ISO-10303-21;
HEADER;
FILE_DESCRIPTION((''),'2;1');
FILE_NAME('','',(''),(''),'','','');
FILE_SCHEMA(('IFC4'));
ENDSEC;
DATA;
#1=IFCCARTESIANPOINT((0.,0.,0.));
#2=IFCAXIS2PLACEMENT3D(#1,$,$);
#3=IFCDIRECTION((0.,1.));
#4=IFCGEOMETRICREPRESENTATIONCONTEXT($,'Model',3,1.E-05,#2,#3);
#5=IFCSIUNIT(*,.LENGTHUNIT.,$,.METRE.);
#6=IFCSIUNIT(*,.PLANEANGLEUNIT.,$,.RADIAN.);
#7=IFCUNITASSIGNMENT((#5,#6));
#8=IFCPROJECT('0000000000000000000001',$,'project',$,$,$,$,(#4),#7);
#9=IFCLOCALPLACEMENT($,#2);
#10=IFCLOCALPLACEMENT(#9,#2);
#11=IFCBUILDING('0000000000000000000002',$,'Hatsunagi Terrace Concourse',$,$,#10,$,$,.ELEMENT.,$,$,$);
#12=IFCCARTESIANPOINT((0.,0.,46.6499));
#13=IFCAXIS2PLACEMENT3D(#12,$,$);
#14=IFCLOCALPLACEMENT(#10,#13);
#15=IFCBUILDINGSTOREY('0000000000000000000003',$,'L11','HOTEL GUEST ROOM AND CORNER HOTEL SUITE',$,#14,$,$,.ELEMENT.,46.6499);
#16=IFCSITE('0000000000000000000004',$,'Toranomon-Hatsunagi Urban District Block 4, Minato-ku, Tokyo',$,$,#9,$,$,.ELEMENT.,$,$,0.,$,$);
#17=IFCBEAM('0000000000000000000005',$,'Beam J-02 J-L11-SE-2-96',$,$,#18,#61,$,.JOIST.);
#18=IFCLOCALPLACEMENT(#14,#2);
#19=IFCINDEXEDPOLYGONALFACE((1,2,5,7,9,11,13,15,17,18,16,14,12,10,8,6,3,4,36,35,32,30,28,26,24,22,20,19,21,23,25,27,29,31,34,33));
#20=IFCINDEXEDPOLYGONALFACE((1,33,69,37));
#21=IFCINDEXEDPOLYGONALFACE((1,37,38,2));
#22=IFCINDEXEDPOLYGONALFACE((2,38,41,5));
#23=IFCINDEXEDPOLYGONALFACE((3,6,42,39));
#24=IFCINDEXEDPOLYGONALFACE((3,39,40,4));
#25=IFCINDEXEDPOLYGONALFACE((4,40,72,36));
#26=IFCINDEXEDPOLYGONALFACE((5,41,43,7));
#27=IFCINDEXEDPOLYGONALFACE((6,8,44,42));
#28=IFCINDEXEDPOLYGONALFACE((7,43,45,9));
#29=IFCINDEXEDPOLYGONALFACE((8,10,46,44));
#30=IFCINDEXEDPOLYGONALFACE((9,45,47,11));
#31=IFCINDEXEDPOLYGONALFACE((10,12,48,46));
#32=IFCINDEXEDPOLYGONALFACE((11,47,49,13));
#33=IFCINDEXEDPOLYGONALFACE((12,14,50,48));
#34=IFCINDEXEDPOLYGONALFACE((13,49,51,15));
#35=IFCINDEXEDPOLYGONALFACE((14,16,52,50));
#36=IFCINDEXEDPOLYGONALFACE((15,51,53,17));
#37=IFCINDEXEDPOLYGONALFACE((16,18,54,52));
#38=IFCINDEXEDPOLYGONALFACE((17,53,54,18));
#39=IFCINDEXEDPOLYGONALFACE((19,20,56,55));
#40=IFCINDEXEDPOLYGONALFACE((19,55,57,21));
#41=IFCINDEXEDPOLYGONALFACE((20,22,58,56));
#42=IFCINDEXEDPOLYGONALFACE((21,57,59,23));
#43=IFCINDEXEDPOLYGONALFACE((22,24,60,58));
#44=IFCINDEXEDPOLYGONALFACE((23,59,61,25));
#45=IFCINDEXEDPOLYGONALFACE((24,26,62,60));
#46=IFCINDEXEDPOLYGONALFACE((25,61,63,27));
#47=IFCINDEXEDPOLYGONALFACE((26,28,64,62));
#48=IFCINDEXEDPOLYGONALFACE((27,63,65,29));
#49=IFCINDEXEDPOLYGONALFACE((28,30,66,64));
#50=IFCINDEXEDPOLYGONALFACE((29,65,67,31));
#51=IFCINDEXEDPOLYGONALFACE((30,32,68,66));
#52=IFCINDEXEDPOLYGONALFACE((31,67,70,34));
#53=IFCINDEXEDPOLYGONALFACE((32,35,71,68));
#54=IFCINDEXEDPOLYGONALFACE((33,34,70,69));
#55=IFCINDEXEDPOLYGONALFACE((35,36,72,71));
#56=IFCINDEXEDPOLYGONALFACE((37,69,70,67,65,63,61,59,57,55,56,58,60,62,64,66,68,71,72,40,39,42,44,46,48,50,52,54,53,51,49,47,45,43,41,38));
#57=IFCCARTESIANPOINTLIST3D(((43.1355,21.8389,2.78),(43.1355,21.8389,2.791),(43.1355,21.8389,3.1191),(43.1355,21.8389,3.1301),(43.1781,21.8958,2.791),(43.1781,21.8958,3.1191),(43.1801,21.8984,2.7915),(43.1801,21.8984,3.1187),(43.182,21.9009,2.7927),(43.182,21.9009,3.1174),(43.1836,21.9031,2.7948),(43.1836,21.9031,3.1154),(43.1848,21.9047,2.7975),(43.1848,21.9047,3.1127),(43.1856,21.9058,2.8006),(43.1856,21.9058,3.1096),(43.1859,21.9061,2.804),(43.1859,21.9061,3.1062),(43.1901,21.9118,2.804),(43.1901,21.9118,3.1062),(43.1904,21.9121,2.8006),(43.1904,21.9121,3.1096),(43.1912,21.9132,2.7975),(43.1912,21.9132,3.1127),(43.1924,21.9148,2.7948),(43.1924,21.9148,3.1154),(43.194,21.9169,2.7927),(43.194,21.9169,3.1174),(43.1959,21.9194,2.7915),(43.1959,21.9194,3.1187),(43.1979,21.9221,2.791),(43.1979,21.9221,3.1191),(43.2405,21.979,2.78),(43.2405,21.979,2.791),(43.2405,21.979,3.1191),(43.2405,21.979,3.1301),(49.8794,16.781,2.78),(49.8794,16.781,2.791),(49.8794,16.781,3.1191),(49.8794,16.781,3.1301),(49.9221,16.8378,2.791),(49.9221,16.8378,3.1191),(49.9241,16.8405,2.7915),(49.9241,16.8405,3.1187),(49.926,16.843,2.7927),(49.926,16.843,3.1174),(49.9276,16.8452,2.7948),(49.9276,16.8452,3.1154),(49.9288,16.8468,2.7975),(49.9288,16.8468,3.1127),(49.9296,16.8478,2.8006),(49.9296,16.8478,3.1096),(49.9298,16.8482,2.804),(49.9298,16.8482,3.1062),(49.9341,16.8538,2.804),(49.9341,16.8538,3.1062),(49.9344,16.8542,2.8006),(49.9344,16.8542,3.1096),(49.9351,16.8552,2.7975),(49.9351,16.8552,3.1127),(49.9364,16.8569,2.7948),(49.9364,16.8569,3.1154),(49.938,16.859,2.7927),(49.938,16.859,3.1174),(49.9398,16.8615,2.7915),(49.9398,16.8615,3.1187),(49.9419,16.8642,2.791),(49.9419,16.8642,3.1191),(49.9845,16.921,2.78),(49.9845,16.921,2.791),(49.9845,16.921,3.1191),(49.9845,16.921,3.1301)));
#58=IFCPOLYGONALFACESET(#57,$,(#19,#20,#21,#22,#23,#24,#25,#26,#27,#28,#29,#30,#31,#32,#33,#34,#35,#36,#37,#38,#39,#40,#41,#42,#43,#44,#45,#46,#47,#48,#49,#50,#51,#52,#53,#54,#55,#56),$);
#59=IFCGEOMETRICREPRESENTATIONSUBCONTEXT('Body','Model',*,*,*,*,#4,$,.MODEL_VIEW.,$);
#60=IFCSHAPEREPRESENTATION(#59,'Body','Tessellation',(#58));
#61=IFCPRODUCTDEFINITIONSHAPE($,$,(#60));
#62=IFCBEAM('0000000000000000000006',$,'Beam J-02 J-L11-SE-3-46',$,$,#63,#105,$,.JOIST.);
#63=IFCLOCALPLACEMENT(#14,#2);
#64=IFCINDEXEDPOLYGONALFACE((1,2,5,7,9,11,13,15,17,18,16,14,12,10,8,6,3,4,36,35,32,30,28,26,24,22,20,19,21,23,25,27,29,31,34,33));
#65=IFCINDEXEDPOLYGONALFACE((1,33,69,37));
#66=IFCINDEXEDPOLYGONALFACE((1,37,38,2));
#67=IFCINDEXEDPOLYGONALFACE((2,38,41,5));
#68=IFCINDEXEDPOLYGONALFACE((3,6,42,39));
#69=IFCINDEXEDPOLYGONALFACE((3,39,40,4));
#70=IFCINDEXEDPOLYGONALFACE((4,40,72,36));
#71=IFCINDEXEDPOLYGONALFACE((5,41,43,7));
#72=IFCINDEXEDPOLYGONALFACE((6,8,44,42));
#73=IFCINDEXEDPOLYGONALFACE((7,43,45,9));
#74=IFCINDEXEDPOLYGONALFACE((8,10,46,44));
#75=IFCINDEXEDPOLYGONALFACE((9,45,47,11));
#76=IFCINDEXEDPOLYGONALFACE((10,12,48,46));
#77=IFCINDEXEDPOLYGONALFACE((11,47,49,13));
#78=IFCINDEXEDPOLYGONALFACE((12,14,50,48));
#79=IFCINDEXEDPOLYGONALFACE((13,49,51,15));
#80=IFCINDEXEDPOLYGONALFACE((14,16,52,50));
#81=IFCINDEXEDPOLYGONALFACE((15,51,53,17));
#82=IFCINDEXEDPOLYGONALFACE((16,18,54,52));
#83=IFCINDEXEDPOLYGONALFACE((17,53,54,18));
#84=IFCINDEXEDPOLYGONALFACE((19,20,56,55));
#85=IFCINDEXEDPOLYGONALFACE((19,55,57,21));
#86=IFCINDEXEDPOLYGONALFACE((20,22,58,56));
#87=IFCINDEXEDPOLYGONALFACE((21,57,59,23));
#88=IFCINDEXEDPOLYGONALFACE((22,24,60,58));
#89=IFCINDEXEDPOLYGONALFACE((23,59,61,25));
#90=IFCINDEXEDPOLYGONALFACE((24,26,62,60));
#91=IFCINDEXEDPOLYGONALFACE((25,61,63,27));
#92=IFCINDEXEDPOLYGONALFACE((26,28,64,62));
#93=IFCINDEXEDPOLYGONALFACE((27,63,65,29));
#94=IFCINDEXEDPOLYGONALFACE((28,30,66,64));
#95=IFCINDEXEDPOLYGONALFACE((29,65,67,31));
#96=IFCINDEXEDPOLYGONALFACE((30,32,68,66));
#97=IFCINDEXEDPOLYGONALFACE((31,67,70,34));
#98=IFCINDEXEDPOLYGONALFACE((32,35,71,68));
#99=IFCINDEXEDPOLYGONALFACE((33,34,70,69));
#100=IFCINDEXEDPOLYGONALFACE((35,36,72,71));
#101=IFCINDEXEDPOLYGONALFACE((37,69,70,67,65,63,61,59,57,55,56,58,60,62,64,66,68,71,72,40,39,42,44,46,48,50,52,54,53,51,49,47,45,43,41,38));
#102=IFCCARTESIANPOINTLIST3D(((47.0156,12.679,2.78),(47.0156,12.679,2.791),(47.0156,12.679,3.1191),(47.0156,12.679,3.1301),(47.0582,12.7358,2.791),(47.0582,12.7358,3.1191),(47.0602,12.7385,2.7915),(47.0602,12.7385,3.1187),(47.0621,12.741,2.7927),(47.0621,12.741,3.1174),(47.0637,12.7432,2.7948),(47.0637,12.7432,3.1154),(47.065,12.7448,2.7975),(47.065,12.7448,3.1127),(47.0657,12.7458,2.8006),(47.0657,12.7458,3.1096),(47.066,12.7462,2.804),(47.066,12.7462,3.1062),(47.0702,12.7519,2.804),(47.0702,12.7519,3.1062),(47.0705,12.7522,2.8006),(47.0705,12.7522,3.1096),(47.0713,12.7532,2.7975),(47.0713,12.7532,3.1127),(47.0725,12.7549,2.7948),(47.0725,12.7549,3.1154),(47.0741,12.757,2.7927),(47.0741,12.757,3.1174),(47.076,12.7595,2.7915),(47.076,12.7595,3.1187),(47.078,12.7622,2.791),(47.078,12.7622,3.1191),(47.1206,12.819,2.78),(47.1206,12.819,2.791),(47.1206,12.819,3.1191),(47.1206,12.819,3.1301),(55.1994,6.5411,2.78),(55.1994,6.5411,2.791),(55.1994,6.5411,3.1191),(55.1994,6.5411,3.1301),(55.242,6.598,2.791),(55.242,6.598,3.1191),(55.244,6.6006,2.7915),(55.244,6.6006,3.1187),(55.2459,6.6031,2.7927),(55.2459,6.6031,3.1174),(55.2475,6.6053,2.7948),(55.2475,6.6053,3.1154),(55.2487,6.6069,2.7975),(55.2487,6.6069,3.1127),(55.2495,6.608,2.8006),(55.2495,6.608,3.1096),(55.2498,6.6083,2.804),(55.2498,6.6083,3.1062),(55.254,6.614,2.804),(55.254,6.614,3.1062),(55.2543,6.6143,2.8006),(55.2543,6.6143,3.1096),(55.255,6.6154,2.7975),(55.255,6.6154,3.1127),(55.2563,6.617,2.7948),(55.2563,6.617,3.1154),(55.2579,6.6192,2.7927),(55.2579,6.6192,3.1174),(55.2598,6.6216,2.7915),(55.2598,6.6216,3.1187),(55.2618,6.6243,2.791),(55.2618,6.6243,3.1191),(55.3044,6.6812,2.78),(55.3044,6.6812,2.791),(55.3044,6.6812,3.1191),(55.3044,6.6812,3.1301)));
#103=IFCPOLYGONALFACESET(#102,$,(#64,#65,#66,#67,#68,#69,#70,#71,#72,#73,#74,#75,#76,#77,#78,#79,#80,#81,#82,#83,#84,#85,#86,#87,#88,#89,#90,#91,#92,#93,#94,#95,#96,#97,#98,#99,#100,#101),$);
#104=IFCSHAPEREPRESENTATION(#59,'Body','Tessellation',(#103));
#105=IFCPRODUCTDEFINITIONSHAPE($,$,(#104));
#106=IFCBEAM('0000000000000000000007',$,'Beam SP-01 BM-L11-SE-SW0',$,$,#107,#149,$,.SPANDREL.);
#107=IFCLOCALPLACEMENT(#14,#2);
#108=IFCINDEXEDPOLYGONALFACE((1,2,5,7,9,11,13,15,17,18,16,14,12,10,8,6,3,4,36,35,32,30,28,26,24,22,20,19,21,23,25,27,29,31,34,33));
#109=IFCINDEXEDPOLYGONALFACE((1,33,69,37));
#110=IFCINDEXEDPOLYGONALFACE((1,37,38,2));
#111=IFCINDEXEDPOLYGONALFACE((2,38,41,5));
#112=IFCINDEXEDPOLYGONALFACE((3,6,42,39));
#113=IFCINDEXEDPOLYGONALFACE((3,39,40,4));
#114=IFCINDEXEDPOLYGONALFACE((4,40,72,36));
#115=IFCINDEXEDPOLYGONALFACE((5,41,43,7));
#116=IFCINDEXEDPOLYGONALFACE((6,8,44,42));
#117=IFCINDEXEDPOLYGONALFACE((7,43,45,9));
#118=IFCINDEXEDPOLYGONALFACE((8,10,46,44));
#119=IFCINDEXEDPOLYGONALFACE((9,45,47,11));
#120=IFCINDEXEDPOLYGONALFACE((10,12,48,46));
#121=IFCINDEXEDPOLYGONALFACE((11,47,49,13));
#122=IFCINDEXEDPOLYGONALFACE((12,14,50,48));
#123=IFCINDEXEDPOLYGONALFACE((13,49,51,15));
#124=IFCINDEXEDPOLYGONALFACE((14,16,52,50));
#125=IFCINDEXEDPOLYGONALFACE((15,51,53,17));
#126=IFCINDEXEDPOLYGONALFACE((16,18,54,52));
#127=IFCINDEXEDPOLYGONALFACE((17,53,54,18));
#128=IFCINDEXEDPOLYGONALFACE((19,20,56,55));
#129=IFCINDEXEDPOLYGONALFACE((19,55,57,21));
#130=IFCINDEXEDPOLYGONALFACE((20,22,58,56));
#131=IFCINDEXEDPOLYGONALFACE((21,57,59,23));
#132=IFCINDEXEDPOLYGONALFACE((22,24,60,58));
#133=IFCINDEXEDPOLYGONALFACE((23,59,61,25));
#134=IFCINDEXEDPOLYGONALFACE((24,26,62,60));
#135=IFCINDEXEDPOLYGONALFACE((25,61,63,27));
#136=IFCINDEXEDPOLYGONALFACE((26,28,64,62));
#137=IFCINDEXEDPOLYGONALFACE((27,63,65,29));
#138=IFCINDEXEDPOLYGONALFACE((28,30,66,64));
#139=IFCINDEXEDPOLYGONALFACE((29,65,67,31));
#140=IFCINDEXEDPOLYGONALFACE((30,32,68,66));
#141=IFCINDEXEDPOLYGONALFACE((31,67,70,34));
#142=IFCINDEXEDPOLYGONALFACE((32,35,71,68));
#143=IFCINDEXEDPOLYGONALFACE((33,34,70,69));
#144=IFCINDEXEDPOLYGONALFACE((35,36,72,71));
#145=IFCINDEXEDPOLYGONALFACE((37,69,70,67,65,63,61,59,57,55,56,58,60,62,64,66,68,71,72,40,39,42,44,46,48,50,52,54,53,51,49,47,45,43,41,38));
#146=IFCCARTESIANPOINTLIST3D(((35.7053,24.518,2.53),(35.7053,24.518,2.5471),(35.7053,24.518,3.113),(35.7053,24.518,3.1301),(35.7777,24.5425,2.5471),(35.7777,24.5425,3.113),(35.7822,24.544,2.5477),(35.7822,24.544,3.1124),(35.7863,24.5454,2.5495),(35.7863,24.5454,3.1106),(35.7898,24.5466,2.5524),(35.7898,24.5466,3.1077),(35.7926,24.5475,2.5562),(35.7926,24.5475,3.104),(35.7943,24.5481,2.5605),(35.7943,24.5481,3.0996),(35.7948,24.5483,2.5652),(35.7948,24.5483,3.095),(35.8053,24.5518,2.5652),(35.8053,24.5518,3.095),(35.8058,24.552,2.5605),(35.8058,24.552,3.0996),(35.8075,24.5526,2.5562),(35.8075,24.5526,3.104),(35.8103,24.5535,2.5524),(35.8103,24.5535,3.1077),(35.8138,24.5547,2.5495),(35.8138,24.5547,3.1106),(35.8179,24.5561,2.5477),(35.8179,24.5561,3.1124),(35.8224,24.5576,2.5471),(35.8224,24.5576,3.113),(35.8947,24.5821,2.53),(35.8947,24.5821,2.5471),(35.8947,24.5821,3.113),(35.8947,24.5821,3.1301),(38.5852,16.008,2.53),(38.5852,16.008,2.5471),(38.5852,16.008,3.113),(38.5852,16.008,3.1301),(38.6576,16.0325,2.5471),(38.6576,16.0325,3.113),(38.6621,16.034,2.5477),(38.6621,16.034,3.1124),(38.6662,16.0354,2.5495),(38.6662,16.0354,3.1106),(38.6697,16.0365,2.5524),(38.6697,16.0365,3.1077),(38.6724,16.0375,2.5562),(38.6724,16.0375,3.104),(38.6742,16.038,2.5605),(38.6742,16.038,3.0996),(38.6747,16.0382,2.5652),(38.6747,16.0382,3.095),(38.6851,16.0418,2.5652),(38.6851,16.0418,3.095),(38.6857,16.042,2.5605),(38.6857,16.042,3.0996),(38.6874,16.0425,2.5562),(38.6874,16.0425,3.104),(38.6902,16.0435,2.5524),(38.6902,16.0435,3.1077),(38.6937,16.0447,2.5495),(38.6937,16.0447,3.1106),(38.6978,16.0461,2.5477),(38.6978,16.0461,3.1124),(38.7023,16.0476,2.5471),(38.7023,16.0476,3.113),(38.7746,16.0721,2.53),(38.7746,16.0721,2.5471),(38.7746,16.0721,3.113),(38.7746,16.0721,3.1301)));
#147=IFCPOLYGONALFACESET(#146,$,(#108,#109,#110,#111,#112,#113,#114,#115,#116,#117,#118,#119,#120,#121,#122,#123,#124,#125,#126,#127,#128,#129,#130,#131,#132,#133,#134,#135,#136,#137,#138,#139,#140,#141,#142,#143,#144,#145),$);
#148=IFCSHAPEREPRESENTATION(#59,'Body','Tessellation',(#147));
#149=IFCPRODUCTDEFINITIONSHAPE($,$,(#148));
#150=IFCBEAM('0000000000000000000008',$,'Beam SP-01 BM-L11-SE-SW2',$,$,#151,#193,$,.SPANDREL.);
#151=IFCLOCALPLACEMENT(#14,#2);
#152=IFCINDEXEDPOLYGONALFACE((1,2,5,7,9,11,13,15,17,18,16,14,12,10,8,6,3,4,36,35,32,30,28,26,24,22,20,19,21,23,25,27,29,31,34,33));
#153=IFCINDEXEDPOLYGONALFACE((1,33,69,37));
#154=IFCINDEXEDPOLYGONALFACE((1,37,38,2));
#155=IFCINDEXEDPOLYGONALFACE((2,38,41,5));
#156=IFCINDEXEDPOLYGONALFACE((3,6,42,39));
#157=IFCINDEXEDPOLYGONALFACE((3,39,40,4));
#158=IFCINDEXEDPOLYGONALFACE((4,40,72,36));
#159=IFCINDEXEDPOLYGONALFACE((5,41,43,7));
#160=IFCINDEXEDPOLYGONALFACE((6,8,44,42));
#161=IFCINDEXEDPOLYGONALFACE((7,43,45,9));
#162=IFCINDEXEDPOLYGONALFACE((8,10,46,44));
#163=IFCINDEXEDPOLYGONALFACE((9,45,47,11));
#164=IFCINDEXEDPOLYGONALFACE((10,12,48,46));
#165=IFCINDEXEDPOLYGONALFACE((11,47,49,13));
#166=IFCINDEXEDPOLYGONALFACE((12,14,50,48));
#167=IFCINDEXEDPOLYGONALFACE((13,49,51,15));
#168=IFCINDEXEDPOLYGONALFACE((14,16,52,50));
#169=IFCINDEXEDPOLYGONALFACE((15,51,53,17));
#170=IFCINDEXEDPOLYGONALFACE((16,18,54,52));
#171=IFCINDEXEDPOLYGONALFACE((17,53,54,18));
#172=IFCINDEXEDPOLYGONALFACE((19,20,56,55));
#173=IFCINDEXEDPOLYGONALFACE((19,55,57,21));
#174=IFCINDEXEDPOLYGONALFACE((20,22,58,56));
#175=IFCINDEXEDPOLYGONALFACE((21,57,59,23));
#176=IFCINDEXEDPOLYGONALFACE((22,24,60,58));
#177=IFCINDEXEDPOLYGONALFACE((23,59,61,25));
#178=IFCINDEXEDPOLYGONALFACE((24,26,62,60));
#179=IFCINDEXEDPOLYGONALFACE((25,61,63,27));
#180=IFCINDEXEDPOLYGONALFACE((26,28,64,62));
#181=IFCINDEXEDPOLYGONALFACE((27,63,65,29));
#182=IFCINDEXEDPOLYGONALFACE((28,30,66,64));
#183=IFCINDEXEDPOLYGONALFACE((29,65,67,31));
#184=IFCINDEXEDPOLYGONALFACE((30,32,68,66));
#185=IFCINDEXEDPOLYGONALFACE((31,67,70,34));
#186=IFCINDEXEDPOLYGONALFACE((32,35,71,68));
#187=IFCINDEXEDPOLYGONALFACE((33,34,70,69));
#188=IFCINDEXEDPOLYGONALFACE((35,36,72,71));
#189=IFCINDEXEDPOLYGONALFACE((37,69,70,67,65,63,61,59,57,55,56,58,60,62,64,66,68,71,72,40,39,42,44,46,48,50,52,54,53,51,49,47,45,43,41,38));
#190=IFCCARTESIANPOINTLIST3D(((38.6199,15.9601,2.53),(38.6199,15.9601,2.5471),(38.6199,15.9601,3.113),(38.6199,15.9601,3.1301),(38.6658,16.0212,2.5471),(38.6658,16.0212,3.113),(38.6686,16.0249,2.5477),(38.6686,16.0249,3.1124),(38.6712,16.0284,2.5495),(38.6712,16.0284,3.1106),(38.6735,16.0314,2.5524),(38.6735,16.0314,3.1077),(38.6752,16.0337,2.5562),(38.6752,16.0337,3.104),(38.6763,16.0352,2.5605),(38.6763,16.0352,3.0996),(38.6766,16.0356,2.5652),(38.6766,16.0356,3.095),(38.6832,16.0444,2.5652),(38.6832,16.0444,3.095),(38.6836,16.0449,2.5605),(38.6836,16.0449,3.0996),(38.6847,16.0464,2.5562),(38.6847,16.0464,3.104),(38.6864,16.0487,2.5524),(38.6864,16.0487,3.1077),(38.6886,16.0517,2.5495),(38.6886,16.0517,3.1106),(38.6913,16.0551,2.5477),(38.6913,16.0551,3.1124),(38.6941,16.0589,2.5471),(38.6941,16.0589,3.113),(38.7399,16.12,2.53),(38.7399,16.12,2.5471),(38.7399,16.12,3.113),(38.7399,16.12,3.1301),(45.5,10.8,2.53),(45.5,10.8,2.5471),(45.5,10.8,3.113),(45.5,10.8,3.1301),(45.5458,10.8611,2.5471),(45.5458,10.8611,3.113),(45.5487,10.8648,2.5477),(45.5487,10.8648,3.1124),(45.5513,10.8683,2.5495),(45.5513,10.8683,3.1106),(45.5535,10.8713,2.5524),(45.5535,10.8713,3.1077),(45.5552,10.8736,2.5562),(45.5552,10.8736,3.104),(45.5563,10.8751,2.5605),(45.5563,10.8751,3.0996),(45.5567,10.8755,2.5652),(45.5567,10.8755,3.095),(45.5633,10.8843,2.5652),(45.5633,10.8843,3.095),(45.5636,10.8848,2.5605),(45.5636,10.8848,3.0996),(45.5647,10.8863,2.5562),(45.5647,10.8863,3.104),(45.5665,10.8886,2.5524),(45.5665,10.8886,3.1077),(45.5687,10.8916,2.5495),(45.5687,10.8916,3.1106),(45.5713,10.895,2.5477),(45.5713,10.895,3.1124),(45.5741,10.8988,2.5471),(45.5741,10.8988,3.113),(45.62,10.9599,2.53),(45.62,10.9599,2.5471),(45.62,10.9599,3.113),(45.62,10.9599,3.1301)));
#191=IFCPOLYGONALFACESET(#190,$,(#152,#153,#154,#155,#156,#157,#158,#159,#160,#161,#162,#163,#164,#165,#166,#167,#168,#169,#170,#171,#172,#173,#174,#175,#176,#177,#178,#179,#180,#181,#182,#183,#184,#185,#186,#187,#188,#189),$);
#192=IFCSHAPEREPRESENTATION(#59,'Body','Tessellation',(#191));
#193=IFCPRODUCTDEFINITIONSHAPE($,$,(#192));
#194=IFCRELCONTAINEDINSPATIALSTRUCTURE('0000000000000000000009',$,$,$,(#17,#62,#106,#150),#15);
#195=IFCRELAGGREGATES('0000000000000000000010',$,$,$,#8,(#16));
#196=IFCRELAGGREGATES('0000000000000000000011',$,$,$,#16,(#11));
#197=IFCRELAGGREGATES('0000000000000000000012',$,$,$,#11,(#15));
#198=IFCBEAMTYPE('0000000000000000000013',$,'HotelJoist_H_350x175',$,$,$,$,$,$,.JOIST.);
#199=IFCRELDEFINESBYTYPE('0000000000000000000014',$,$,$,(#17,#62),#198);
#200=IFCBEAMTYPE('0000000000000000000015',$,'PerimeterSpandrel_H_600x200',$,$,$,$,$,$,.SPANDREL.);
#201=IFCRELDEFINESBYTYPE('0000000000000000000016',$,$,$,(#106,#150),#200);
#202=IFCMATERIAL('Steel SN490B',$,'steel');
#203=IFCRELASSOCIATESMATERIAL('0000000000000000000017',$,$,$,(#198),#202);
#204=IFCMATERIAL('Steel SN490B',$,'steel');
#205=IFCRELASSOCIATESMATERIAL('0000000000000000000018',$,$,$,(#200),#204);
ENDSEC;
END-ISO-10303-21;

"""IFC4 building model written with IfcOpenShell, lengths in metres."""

from ifc_helpers import new_model, si_unit, direction, frame, origin, origin_2d, place, context, subcontext, project, spatial, i_section, extrude, material, material_profile, profile_set, type_object, element, save


model = new_model("IFC4")

# Units and contexts
model_context = context("Model", 3, precision=1e-05, world=origin(), true_north=direction((0.0, 1.0)))
body_context = subcontext(model_context, "Body", "Model", "MODEL_VIEW")
ifc_project = project(units=[si_unit("LENGTHUNIT", "METRE"), si_unit("PLANEANGLEUNIT", "RADIAN")], contexts=[model_context])

# Site, building, storey
site_placement = place(None, origin())
site = spatial("IfcSite", under=ifc_project, at=site_placement, Name="Toranomon-Hatsunagi Urban District Block 4, Minato-ku, Tokyo", CompositionType="ELEMENT", RefElevation=0.0)
building_placement = place(site_placement, origin())
building = spatial("IfcBuilding", under=site, at=building_placement, Name="Hatsunagi Terrace Concourse", CompositionType="ELEMENT")
storey_placement = place(building_placement, frame((0.0, 0.0, 46.6499)))
storey = spatial("IfcBuildingStorey", under=building, at=storey_placement, Name="L11", Description="HOTEL GUEST ROOM AND CORNER HOTEL SUITE", CompositionType="ELEMENT", Elevation=46.6499)

# Beams
ifc_material_1 = material(Name="Steel SN490B", Category="steel")
ifc_material_profile_1 = material_profile(ifc_material_1, i_section(OverallWidth=0.175, OverallDepth=0.3501, WebThickness=0.0071, FlangeThickness=0.011, FilletRadius=0.0129, at=origin_2d()), Name="H-350x175x7x11")
ifc_profile_set_1 = profile_set([ifc_material_profile_1], Name="Steel SN490B")
beam_type_1 = type_object("IfcBeamType", Name="HotelJoist_H_350x175", PredefinedType="JOIST", material=ifc_profile_set_1)
for number, where, z_axis, x_axis, name in (
    (1, (43.188, 21.9089, 2.9551), (0.800003, -0.599995, 0.0), (0.599995, 0.800003, 0.0), "Beam J-02 J-L11-SE-2-96"),
):
    element("IfcBeam", number, at=place(storey_placement, frame(where, z_axis=z_axis, x_axis=x_axis)), inside=storey, type_object=beam_type_1, Name=name, PredefinedType="JOIST", context=body_context, shape_type="SweptSolid", body=[
        extrude(i_section(OverallWidth=0.175, OverallDepth=0.3501, WebThickness=0.0071, FlangeThickness=0.011, FilletRadius=0.0129, at=origin_2d()), origin(), (0.0, 0.0, 1.0), 8.4299),
    ])
beam_1_placement = place(storey_placement, frame((47.0681, 12.749, 2.9551), z_axis=(0.799997, -0.600004, 0.0), x_axis=(0.600004, 0.799997, 0.0)))
element("IfcBeam", 2, at=beam_1_placement, inside=storey, type_object=beam_type_1, Name="Beam J-02 J-L11-SE-3-46", PredefinedType="JOIST", context=body_context, shape_type="SweptSolid", body=[
    extrude(i_section(OverallWidth=0.175, OverallDepth=0.3501, WebThickness=0.0071, FlangeThickness=0.011, FilletRadius=0.0129, at=origin_2d()), origin(), (0.0, 0.0, 1.0), 10.2297),
])
ifc_material_2 = material(Name="Steel SN490B", Category="steel")
ifc_material_profile_2 = material_profile(ifc_material_2, i_section(OverallWidth=0.2, OverallDepth=0.6001, WebThickness=0.011, FlangeThickness=0.0171, FilletRadius=0.0181, at=origin_2d()), Name="H-600x200x11x17")
ifc_profile_set_2 = profile_set([ifc_material_profile_2], Name="Steel SN490B")
beam_type_2 = type_object("IfcBeamType", Name="PerimeterSpandrel_H_600x200", PredefinedType="SPANDREL", material=ifc_profile_set_2)
beam_2_placement = place(storey_placement, frame((35.8, 24.55, 2.8301), z_axis=(0.320553, -0.94723, 0.0), x_axis=(0.94723, 0.320553, 0.0)))
element("IfcBeam", 3, at=beam_2_placement, inside=storey, type_object=beam_type_2, Name="Beam SP-01 BM-L11-SE-SW0", PredefinedType="SPANDREL", context=body_context, shape_type="SweptSolid", body=[
    extrude(i_section(OverallWidth=0.2, OverallDepth=0.6001, WebThickness=0.011, FlangeThickness=0.0171, FilletRadius=0.0181, at=origin_2d()), origin(), (0.0, 0.0, 1.0), 8.9841),
])
beam_3_placement = place(storey_placement, frame((38.6799, 16.04, 2.8301), z_axis=(0.799997, -0.600005, 0.0), x_axis=(0.600005, 0.799997, 0.0)))
element("IfcBeam", 4, at=beam_3_placement, inside=storey, type_object=beam_type_2, Name="Beam SP-01 BM-L11-SE-SW2", PredefinedType="SPANDREL", context=body_context, shape_type="SweptSolid", body=[
    extrude(i_section(OverallWidth=0.2, OverallDepth=0.6001, WebThickness=0.011, FlangeThickness=0.0171, FilletRadius=0.0181, at=origin_2d()), origin(), (0.0, 0.0, 1.0), 8.6001),
])

save(model, "model.ifc")
